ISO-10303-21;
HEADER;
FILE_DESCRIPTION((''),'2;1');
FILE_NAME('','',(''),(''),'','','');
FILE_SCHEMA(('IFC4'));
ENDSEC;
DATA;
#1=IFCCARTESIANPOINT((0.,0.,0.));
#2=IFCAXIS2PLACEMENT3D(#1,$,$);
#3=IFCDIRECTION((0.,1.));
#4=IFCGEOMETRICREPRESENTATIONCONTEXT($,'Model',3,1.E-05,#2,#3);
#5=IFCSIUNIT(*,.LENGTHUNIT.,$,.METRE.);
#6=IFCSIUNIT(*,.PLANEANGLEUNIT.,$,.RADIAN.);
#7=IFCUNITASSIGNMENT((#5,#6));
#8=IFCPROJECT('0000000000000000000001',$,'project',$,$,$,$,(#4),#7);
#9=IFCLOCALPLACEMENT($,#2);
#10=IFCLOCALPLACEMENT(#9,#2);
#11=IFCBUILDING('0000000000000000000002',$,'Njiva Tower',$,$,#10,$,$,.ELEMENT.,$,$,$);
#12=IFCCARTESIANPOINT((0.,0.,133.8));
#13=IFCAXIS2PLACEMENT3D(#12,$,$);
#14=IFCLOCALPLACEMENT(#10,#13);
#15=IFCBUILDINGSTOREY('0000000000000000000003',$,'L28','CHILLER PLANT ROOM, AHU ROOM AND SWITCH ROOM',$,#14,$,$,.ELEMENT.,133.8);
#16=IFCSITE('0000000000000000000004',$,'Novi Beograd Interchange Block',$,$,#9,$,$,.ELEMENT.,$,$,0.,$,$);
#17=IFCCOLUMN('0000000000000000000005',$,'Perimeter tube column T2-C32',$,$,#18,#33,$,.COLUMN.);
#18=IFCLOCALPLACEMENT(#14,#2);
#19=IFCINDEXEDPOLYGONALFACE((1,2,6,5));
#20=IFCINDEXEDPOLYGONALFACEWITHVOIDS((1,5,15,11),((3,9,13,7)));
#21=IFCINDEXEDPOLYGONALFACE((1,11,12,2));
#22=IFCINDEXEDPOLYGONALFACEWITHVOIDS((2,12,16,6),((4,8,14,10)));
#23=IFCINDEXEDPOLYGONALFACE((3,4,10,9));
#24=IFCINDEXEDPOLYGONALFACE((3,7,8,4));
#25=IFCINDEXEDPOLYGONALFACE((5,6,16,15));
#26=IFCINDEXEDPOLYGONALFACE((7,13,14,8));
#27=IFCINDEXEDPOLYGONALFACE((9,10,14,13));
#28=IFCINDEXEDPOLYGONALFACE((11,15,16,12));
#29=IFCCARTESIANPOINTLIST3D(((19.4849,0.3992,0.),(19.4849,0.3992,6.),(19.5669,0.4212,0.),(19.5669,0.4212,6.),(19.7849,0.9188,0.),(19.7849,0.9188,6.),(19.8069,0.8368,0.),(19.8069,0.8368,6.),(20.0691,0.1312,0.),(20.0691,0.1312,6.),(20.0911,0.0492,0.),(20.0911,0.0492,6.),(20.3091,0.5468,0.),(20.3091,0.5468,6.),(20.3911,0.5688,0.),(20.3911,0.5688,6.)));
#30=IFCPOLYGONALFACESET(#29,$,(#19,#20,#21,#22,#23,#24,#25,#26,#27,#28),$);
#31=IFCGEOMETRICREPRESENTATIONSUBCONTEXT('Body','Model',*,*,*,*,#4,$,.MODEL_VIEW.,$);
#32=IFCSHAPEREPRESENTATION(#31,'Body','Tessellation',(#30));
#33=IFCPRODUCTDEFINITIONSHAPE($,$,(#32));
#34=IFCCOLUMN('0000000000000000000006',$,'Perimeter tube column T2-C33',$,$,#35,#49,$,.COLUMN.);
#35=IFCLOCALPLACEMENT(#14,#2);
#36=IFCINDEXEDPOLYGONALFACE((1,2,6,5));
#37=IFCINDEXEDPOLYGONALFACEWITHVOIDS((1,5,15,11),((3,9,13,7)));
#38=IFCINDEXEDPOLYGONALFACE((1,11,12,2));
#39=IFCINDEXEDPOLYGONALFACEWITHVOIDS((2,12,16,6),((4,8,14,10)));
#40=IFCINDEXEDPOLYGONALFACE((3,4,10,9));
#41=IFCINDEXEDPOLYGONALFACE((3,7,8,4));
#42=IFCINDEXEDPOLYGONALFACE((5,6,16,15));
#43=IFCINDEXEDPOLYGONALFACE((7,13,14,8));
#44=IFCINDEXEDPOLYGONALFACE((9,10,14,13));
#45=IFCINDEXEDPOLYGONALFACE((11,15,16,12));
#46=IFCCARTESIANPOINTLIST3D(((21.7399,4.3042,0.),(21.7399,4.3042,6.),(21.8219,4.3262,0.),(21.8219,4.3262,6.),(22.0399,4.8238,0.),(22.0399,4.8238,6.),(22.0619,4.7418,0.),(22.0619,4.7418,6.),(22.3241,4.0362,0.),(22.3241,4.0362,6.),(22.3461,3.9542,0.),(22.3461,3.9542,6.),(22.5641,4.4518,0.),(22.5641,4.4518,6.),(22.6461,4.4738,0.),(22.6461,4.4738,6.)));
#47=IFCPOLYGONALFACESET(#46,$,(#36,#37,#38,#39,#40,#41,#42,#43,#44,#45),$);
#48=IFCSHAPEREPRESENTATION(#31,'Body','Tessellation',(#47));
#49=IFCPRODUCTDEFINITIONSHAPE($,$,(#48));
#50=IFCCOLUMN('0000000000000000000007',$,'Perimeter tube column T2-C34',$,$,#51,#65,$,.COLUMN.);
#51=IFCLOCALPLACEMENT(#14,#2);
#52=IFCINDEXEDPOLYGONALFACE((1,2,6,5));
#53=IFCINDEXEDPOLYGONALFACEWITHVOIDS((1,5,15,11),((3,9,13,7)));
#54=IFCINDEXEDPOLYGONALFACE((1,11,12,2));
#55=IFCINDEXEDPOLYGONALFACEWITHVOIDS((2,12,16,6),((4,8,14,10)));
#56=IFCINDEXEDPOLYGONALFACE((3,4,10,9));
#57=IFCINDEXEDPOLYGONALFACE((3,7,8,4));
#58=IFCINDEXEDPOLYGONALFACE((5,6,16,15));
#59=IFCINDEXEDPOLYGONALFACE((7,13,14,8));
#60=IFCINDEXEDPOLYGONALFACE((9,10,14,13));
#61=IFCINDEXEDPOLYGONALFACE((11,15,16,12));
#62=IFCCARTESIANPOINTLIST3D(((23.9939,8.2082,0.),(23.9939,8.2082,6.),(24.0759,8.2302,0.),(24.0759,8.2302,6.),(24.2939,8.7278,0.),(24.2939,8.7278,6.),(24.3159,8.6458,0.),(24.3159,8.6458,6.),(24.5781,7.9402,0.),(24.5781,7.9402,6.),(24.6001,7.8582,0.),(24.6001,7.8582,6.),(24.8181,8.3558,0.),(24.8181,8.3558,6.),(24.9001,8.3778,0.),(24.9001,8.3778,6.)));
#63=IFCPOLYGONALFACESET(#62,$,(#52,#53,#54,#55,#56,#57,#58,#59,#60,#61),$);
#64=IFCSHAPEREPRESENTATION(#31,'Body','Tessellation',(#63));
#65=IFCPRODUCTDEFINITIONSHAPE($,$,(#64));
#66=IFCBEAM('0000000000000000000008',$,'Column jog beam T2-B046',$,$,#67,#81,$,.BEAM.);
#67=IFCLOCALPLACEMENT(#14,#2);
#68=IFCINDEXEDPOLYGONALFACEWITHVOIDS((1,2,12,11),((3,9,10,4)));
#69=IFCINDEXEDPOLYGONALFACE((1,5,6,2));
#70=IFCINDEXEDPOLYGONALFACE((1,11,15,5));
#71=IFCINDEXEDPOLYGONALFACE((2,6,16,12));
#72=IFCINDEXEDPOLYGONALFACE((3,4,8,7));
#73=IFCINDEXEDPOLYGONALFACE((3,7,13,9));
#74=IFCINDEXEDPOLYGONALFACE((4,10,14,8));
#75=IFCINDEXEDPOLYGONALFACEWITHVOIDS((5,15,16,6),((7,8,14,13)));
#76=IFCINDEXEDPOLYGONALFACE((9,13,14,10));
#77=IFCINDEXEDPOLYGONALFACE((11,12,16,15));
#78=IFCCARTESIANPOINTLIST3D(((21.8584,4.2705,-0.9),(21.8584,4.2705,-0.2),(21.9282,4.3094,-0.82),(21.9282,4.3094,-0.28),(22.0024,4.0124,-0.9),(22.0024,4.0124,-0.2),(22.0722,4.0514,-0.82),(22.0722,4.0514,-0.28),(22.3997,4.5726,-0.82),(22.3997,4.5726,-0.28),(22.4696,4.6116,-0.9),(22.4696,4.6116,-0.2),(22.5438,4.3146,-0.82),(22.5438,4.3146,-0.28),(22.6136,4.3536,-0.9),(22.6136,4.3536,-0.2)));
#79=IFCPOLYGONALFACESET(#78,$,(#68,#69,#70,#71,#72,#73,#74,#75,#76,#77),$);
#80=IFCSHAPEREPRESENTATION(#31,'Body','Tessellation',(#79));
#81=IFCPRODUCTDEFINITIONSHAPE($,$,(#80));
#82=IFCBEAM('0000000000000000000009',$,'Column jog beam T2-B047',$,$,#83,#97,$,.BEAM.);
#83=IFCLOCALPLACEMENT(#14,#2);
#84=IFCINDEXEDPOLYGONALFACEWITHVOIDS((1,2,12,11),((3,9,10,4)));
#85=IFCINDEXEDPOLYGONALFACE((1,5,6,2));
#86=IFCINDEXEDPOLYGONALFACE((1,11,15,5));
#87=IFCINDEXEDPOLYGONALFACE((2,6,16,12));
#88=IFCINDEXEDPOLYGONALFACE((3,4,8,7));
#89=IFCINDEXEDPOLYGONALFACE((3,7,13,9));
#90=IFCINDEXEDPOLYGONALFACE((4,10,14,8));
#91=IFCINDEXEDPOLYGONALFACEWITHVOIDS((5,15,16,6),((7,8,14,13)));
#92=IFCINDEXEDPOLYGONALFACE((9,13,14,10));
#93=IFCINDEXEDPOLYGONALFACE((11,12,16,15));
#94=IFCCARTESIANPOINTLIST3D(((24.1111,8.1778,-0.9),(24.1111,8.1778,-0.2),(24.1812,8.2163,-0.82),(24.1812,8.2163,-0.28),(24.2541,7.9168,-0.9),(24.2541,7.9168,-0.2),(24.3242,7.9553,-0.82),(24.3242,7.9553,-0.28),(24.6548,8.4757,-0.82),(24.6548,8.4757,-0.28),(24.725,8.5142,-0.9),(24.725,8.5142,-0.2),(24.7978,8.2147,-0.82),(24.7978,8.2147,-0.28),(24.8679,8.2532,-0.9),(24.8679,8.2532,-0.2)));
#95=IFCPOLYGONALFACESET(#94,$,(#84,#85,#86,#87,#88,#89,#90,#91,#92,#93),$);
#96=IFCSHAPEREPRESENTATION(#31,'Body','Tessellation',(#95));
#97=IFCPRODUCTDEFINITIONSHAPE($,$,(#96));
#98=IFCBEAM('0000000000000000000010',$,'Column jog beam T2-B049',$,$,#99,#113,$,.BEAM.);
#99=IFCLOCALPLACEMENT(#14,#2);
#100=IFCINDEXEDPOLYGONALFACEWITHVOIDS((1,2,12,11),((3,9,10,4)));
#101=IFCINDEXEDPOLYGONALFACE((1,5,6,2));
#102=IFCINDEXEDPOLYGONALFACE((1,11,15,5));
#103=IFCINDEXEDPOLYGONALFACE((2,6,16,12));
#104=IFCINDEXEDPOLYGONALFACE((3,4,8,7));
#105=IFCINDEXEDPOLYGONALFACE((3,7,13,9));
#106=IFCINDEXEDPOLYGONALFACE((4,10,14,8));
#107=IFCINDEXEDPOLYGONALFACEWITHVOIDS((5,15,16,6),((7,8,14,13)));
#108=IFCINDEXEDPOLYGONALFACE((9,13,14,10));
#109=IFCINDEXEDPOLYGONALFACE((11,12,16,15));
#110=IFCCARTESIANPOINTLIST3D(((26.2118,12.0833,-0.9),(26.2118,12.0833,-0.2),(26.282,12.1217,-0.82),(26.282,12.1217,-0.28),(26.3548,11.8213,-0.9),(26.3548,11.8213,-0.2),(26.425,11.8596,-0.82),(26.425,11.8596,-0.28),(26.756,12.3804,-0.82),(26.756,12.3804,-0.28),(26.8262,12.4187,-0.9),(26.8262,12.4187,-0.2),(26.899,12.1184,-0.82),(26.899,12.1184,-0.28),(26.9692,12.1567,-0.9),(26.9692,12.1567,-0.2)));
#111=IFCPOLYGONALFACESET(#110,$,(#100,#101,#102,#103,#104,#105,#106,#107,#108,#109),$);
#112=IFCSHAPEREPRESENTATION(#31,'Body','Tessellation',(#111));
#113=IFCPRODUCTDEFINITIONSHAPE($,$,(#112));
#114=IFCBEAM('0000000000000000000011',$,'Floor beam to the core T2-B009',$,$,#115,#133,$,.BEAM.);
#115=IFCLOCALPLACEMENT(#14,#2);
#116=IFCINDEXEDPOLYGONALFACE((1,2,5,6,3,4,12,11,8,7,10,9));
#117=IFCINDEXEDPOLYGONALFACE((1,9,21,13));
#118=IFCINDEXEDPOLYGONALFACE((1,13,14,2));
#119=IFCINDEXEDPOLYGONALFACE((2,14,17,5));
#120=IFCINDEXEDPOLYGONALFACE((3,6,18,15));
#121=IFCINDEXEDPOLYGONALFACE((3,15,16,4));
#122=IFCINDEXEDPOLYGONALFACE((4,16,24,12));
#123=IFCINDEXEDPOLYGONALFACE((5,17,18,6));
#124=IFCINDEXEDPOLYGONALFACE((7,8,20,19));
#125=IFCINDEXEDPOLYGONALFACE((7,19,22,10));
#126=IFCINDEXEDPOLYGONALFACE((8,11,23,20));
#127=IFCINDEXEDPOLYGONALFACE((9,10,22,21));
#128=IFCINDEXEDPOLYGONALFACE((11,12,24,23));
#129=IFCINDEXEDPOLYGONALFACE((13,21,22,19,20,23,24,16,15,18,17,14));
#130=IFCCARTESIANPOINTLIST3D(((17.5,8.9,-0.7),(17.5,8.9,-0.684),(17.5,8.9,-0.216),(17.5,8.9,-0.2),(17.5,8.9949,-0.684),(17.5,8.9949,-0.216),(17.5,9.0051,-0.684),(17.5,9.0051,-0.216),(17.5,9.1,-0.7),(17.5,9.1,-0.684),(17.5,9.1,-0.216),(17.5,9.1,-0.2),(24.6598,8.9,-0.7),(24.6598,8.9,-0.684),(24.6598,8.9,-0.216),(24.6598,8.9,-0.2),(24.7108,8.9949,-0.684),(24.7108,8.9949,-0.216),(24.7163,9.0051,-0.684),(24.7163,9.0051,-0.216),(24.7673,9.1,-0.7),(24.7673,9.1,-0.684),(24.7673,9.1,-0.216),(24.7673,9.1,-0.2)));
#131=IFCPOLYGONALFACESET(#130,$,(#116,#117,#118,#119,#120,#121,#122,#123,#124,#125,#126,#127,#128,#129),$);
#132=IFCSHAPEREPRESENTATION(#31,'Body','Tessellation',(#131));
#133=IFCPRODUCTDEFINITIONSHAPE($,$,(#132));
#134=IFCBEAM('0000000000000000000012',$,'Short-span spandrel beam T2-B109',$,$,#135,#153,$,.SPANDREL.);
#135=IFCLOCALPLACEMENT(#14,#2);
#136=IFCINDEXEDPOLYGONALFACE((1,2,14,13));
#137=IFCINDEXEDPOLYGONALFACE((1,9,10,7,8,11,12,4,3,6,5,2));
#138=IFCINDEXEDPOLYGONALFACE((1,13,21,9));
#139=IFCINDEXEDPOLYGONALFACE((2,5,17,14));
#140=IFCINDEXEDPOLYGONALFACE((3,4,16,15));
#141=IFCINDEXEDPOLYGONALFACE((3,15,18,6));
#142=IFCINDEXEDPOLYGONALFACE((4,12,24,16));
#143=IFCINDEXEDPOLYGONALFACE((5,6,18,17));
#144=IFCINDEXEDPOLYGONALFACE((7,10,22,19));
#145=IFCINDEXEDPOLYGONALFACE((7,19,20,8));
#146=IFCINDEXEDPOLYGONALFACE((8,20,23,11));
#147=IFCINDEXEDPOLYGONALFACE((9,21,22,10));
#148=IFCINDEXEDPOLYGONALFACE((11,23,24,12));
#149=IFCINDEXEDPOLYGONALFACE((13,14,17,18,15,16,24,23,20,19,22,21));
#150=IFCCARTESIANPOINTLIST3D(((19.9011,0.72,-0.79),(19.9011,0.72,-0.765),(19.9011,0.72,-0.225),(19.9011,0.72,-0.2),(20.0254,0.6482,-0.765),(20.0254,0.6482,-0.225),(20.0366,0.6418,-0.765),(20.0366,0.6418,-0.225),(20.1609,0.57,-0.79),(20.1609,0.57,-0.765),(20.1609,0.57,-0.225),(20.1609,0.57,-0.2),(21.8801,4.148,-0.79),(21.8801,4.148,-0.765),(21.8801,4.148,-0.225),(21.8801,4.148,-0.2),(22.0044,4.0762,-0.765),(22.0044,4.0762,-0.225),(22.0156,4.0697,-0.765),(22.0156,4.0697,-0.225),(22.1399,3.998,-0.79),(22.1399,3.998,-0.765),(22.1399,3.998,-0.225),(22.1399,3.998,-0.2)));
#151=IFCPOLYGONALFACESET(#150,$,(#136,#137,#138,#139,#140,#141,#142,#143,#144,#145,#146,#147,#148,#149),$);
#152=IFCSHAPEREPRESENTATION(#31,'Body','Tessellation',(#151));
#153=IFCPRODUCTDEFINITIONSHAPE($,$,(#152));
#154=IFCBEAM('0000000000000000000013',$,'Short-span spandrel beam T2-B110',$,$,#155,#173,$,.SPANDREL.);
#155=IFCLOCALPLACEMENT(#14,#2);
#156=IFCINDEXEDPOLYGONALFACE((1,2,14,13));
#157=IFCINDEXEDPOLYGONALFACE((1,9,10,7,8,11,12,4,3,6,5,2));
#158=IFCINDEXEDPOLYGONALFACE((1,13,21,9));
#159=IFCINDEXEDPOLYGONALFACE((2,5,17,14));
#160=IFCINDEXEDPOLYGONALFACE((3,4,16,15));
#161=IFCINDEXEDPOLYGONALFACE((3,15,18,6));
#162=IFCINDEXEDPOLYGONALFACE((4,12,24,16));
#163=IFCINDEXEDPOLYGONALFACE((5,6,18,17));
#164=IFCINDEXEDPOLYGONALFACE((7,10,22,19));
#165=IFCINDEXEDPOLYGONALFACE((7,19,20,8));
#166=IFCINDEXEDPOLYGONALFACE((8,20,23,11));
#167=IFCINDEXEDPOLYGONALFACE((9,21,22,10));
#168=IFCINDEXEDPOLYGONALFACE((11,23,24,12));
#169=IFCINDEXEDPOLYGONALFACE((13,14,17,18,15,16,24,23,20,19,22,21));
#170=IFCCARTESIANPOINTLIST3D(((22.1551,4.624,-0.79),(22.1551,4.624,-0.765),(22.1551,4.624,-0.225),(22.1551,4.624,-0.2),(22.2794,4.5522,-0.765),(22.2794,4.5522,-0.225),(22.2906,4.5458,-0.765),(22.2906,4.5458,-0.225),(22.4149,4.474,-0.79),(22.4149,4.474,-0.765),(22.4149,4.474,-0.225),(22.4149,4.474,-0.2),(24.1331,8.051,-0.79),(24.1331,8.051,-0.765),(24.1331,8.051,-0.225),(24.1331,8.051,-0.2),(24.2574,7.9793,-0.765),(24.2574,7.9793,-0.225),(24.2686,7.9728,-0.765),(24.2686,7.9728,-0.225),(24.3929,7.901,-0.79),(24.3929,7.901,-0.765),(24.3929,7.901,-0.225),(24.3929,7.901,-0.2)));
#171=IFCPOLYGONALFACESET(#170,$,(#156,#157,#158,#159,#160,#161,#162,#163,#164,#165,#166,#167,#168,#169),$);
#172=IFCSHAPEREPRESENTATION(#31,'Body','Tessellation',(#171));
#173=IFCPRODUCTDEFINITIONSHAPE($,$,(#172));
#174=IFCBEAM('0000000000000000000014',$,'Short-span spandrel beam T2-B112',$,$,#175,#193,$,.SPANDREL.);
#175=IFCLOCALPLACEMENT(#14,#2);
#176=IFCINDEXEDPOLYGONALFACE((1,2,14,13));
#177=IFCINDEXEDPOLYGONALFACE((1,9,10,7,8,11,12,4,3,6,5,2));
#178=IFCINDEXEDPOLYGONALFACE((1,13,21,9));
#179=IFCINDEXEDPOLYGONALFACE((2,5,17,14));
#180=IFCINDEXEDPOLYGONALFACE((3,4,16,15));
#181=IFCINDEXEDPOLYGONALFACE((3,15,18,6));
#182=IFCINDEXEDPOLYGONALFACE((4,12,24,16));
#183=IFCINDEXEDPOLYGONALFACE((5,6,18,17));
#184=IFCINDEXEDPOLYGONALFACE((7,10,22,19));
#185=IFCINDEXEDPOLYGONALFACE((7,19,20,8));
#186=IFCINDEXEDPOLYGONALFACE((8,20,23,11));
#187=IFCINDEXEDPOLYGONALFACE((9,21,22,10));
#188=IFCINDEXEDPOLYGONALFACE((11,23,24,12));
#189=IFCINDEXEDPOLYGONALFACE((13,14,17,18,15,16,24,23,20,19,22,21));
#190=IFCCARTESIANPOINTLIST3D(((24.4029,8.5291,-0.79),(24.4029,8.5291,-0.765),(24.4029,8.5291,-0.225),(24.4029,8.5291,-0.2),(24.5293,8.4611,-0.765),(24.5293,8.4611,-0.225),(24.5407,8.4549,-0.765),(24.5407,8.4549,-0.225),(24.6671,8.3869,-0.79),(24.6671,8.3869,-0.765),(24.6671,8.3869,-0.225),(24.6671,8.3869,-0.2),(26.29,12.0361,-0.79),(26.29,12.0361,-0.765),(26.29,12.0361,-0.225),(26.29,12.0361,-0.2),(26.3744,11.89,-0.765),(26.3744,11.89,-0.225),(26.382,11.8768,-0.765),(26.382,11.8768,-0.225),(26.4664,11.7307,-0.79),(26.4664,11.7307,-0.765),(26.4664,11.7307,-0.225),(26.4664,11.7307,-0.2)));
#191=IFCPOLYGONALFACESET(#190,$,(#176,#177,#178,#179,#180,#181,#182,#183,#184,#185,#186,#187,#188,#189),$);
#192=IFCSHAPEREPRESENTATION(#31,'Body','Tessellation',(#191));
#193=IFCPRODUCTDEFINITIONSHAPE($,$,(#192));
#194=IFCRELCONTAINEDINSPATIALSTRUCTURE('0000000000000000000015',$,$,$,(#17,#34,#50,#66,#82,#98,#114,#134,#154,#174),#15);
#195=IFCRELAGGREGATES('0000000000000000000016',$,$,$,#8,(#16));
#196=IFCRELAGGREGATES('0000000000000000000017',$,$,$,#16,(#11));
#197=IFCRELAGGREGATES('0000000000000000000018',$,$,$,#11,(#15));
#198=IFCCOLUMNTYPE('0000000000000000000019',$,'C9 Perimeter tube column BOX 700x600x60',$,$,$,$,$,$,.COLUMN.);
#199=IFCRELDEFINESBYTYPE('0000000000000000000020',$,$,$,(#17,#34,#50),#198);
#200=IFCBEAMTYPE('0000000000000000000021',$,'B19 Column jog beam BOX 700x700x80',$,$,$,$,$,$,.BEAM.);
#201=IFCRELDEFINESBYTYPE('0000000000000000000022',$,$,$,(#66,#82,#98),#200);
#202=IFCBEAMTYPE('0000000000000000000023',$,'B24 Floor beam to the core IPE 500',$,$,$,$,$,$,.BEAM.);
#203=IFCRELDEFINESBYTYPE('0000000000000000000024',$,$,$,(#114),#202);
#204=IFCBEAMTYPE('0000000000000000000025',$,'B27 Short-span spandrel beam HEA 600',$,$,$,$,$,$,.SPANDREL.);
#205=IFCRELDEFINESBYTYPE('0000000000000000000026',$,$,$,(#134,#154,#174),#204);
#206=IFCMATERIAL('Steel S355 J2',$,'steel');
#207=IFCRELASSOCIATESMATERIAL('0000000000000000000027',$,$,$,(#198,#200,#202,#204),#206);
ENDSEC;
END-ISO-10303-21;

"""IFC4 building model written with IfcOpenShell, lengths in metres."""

from ifc_helpers import new_model, si_unit, direction, frame, origin, origin_2d, place, context, subcontext, project, spatial, hollow_rectangle, i_section, extrude, clip, halfspace, material, material_profile, profile_set, type_object, element, save


model = new_model("IFC4")

# Units and contexts
model_context = context("Model", 3, precision=1e-05, world=origin(), true_north=direction((0.0, 1.0)))
body_context = subcontext(model_context, "Body", "Model", "MODEL_VIEW")
ifc_project = project(units=[si_unit("LENGTHUNIT", "METRE"), si_unit("PLANEANGLEUNIT", "RADIAN")], contexts=[model_context])

# Site, building, storey
site_placement = place(None, origin())
site = spatial("IfcSite", under=ifc_project, at=site_placement, Name="Novi Beograd Interchange Block", CompositionType="ELEMENT", RefElevation=0.0)
building_placement = place(site_placement, origin())
building = spatial("IfcBuilding", under=site, at=building_placement, Name="Njiva Tower", CompositionType="ELEMENT")
storey_placement = place(building_placement, frame((0.0, 0.0, 133.8)))
storey = spatial("IfcBuildingStorey", under=building, at=storey_placement, Name="L28", Description="CHILLER PLANT ROOM, AHU ROOM AND SWITCH ROOM", CompositionType="ELEMENT", Elevation=133.8)

# Columns
ifc_material_1 = material(Name="Steel S355 J2", Category="steel")
ifc_material_profile_1 = material_profile(ifc_material_1, hollow_rectangle(XDim=0.6, YDim=0.7, WallThickness=0.06, at=origin_2d()), Name="BOX 700x600x60")
ifc_profile_set_1 = profile_set([ifc_material_profile_1], Name="Steel S355 J2")
column_type = type_object("IfcColumnType", Name="C9 Perimeter tube column BOX 700x600x60", PredefinedType="COLUMN", material=ifc_profile_set_1)
for number, where, z_axis, x_axis, name in (
    (1, (19.938, 0.484, 0.0), (0.0, 0.0, 1.0), (0.5, 0.866025, 0.0), "Perimeter tube column T2-C32"),
    (2, (22.193, 4.389, 0.0), (0.0, 0.0, 1.0), (0.5, 0.866025, 0.0), "Perimeter tube column T2-C33"),
    (3, (24.447, 8.293, 0.0), (0.0, 0.0, 1.0), (0.5, 0.866025, 0.0), "Perimeter tube column T2-C34"),
):
    element("IfcColumn", number, at=place(storey_placement, frame(where, z_axis=z_axis, x_axis=x_axis)), inside=storey, type_object=column_type, Name=name, PredefinedType="COLUMN", context=body_context, shape_type="SweptSolid", body=[
        extrude(hollow_rectangle(XDim=0.6, YDim=0.7, WallThickness=0.06, at=origin_2d()), origin(), (0.0, 0.0, 1.0), 6.0),
    ])

# Beams
ifc_material_profile_2 = material_profile(ifc_material_1, hollow_rectangle(XDim=0.7, YDim=0.7, WallThickness=0.08, at=origin_2d()), Name="BOX 700x700x80")
ifc_profile_set_2 = profile_set([ifc_material_profile_2], Name="Steel S355 J2")
beam_type_1 = type_object("IfcBeamType", Name="B19 Column jog beam BOX 700x700x80", PredefinedType="BEAM", material=ifc_profile_set_2)
beam_1_placement = place(storey_placement, frame((22.308, 4.183, -0.55), z_axis=(-0.487366, 0.873198, 0.0), x_axis=(-0.873198, -0.487366, 0.0)))
element("IfcBeam", 4, at=beam_1_placement, inside=storey, type_object=beam_type_1, Name="Column jog beam T2-B046", PredefinedType="BEAM", context=body_context, shape_type="SweptSolid", body=[
    extrude(hollow_rectangle(XDim=0.7, YDim=0.7, WallThickness=0.08, at=origin_2d()), origin(), (0.0, 0.0, 1.0), 0.2955),
])
beam_2_placement = place(storey_placement, frame((24.561, 8.085, -0.55), z_axis=(-0.480499, 0.876995, 0.0), x_axis=(-0.876995, -0.480499, 0.0)))
element("IfcBeam", 5, at=beam_2_placement, inside=storey, type_object=beam_type_1, Name="Column jog beam T2-B047", PredefinedType="BEAM", context=body_context, shape_type="SweptSolid", body=[
    extrude(hollow_rectangle(XDim=0.7, YDim=0.7, WallThickness=0.08, at=origin_2d()), origin(), (0.0, 0.0, 1.0), 0.2976),
])
beam_3_placement = place(storey_placement, frame((26.662, 11.989, -0.55), z_axis=(-0.479087, 0.877768, 0.0), x_axis=(-0.877768, -0.479087, 0.0)))
element("IfcBeam", 6, at=beam_3_placement, inside=storey, type_object=beam_type_1, Name="Column jog beam T2-B049", PredefinedType="BEAM", context=body_context, shape_type="SweptSolid", body=[
    extrude(hollow_rectangle(XDim=0.7, YDim=0.7, WallThickness=0.08, at=origin_2d()), origin(), (0.0, 0.0, 1.0), 0.2985),
])
ifc_material_profile_3 = material_profile(ifc_material_1, i_section(OverallWidth=0.2, OverallDepth=0.5, WebThickness=0.0102, FlangeThickness=0.016, at=origin_2d()), Name="IPE 500")
ifc_profile_set_3 = profile_set([ifc_material_profile_3], Name="Steel S355 J2")
beam_type_2 = type_object("IfcBeamType", Name="B24 Floor beam to the core IPE 500", PredefinedType="BEAM", material=ifc_profile_set_3)
beam_4_placement = place(storey_placement, frame((17.5, 9.0, -0.45), z_axis=(1.0, 0.0, 0.0), x_axis=(0.0, 1.0, 0.0)))
element("IfcBeam", 7, at=beam_4_placement, inside=storey, type_object=beam_type_2, Name="Floor beam to the core T2-B009", PredefinedType="BEAM", context=body_context, shape_type="Clipping", body=[
    clip(extrude(i_section(OverallWidth=0.2, OverallDepth=0.5, WebThickness=0.0102, FlangeThickness=0.016, at=origin_2d()), origin(), (0.0, 0.0, 1.0), 7.288), halfspace(frame((-0.0237, 0.0, 7.2008), z_axis=(-0.473777, 0.0, 0.880645), x_axis=(0.0, 1.0, 0.0)), False)),
])
ifc_material_profile_4 = material_profile(ifc_material_1, i_section(OverallWidth=0.3, OverallDepth=0.59, WebThickness=0.013, FlangeThickness=0.025, at=origin_2d()), Name="HEA 600")
ifc_profile_set_4 = profile_set([ifc_material_profile_4], Name="Steel S355 J2")
beam_type_3 = type_object("IfcBeamType", Name="B27 Short-span spandrel beam HEA 600", PredefinedType="SPANDREL", material=ifc_profile_set_4)
beam_5_placement = place(storey_placement, frame((20.031, 0.645, -0.495), z_axis=(0.49997, 0.866043, 0.0), x_axis=(-0.866043, 0.49997, 0.0)))
element("IfcBeam", 8, at=beam_5_placement, inside=storey, type_object=beam_type_3, Name="Short-span spandrel beam T2-B109", PredefinedType="SPANDREL", context=body_context, shape_type="SweptSolid", body=[
    extrude(i_section(OverallWidth=0.3, OverallDepth=0.59, WebThickness=0.013, FlangeThickness=0.025, at=origin_2d()), origin(), (0.0, 0.0, 1.0), 3.9582),
])
beam_6_placement = place(storey_placement, frame((22.285, 4.549, -0.495), z_axis=(0.49989, 0.866089, 0.0), x_axis=(-0.866089, 0.49989, 0.0)))
element("IfcBeam", 9, at=beam_6_placement, inside=storey, type_object=beam_type_3, Name="Short-span spandrel beam T2-B110", PredefinedType="SPANDREL", context=body_context, shape_type="SweptSolid", body=[
    extrude(i_section(OverallWidth=0.3, OverallDepth=0.59, WebThickness=0.013, FlangeThickness=0.025, at=origin_2d()), origin(), (0.0, 0.0, 1.0), 3.9569),
])
beam_7_placement = place(storey_placement, frame((24.535, 8.458, -0.495), z_axis=(0.473854, 0.880603, 0.0), x_axis=(-0.880603, 0.473854, 0.0)))
element("IfcBeam", 10, at=beam_7_placement, inside=storey, type_object=beam_type_3, Name="Short-span spandrel beam T2-B112", PredefinedType="SPANDREL", context=body_context, shape_type="Clipping", body=[
    clip(extrude(i_section(OverallWidth=0.3, OverallDepth=0.59, WebThickness=0.013, FlangeThickness=0.025, at=origin_2d()), origin(), (0.0, 0.0, 1.0), 4.0024), halfspace(frame((-0.0264, 0.0, 3.8735), z_axis=(-0.525699, 0.0, 0.85067), x_axis=(0.0, 1.0, 0.0)), False)),
])

save(model, "model.ifc")
